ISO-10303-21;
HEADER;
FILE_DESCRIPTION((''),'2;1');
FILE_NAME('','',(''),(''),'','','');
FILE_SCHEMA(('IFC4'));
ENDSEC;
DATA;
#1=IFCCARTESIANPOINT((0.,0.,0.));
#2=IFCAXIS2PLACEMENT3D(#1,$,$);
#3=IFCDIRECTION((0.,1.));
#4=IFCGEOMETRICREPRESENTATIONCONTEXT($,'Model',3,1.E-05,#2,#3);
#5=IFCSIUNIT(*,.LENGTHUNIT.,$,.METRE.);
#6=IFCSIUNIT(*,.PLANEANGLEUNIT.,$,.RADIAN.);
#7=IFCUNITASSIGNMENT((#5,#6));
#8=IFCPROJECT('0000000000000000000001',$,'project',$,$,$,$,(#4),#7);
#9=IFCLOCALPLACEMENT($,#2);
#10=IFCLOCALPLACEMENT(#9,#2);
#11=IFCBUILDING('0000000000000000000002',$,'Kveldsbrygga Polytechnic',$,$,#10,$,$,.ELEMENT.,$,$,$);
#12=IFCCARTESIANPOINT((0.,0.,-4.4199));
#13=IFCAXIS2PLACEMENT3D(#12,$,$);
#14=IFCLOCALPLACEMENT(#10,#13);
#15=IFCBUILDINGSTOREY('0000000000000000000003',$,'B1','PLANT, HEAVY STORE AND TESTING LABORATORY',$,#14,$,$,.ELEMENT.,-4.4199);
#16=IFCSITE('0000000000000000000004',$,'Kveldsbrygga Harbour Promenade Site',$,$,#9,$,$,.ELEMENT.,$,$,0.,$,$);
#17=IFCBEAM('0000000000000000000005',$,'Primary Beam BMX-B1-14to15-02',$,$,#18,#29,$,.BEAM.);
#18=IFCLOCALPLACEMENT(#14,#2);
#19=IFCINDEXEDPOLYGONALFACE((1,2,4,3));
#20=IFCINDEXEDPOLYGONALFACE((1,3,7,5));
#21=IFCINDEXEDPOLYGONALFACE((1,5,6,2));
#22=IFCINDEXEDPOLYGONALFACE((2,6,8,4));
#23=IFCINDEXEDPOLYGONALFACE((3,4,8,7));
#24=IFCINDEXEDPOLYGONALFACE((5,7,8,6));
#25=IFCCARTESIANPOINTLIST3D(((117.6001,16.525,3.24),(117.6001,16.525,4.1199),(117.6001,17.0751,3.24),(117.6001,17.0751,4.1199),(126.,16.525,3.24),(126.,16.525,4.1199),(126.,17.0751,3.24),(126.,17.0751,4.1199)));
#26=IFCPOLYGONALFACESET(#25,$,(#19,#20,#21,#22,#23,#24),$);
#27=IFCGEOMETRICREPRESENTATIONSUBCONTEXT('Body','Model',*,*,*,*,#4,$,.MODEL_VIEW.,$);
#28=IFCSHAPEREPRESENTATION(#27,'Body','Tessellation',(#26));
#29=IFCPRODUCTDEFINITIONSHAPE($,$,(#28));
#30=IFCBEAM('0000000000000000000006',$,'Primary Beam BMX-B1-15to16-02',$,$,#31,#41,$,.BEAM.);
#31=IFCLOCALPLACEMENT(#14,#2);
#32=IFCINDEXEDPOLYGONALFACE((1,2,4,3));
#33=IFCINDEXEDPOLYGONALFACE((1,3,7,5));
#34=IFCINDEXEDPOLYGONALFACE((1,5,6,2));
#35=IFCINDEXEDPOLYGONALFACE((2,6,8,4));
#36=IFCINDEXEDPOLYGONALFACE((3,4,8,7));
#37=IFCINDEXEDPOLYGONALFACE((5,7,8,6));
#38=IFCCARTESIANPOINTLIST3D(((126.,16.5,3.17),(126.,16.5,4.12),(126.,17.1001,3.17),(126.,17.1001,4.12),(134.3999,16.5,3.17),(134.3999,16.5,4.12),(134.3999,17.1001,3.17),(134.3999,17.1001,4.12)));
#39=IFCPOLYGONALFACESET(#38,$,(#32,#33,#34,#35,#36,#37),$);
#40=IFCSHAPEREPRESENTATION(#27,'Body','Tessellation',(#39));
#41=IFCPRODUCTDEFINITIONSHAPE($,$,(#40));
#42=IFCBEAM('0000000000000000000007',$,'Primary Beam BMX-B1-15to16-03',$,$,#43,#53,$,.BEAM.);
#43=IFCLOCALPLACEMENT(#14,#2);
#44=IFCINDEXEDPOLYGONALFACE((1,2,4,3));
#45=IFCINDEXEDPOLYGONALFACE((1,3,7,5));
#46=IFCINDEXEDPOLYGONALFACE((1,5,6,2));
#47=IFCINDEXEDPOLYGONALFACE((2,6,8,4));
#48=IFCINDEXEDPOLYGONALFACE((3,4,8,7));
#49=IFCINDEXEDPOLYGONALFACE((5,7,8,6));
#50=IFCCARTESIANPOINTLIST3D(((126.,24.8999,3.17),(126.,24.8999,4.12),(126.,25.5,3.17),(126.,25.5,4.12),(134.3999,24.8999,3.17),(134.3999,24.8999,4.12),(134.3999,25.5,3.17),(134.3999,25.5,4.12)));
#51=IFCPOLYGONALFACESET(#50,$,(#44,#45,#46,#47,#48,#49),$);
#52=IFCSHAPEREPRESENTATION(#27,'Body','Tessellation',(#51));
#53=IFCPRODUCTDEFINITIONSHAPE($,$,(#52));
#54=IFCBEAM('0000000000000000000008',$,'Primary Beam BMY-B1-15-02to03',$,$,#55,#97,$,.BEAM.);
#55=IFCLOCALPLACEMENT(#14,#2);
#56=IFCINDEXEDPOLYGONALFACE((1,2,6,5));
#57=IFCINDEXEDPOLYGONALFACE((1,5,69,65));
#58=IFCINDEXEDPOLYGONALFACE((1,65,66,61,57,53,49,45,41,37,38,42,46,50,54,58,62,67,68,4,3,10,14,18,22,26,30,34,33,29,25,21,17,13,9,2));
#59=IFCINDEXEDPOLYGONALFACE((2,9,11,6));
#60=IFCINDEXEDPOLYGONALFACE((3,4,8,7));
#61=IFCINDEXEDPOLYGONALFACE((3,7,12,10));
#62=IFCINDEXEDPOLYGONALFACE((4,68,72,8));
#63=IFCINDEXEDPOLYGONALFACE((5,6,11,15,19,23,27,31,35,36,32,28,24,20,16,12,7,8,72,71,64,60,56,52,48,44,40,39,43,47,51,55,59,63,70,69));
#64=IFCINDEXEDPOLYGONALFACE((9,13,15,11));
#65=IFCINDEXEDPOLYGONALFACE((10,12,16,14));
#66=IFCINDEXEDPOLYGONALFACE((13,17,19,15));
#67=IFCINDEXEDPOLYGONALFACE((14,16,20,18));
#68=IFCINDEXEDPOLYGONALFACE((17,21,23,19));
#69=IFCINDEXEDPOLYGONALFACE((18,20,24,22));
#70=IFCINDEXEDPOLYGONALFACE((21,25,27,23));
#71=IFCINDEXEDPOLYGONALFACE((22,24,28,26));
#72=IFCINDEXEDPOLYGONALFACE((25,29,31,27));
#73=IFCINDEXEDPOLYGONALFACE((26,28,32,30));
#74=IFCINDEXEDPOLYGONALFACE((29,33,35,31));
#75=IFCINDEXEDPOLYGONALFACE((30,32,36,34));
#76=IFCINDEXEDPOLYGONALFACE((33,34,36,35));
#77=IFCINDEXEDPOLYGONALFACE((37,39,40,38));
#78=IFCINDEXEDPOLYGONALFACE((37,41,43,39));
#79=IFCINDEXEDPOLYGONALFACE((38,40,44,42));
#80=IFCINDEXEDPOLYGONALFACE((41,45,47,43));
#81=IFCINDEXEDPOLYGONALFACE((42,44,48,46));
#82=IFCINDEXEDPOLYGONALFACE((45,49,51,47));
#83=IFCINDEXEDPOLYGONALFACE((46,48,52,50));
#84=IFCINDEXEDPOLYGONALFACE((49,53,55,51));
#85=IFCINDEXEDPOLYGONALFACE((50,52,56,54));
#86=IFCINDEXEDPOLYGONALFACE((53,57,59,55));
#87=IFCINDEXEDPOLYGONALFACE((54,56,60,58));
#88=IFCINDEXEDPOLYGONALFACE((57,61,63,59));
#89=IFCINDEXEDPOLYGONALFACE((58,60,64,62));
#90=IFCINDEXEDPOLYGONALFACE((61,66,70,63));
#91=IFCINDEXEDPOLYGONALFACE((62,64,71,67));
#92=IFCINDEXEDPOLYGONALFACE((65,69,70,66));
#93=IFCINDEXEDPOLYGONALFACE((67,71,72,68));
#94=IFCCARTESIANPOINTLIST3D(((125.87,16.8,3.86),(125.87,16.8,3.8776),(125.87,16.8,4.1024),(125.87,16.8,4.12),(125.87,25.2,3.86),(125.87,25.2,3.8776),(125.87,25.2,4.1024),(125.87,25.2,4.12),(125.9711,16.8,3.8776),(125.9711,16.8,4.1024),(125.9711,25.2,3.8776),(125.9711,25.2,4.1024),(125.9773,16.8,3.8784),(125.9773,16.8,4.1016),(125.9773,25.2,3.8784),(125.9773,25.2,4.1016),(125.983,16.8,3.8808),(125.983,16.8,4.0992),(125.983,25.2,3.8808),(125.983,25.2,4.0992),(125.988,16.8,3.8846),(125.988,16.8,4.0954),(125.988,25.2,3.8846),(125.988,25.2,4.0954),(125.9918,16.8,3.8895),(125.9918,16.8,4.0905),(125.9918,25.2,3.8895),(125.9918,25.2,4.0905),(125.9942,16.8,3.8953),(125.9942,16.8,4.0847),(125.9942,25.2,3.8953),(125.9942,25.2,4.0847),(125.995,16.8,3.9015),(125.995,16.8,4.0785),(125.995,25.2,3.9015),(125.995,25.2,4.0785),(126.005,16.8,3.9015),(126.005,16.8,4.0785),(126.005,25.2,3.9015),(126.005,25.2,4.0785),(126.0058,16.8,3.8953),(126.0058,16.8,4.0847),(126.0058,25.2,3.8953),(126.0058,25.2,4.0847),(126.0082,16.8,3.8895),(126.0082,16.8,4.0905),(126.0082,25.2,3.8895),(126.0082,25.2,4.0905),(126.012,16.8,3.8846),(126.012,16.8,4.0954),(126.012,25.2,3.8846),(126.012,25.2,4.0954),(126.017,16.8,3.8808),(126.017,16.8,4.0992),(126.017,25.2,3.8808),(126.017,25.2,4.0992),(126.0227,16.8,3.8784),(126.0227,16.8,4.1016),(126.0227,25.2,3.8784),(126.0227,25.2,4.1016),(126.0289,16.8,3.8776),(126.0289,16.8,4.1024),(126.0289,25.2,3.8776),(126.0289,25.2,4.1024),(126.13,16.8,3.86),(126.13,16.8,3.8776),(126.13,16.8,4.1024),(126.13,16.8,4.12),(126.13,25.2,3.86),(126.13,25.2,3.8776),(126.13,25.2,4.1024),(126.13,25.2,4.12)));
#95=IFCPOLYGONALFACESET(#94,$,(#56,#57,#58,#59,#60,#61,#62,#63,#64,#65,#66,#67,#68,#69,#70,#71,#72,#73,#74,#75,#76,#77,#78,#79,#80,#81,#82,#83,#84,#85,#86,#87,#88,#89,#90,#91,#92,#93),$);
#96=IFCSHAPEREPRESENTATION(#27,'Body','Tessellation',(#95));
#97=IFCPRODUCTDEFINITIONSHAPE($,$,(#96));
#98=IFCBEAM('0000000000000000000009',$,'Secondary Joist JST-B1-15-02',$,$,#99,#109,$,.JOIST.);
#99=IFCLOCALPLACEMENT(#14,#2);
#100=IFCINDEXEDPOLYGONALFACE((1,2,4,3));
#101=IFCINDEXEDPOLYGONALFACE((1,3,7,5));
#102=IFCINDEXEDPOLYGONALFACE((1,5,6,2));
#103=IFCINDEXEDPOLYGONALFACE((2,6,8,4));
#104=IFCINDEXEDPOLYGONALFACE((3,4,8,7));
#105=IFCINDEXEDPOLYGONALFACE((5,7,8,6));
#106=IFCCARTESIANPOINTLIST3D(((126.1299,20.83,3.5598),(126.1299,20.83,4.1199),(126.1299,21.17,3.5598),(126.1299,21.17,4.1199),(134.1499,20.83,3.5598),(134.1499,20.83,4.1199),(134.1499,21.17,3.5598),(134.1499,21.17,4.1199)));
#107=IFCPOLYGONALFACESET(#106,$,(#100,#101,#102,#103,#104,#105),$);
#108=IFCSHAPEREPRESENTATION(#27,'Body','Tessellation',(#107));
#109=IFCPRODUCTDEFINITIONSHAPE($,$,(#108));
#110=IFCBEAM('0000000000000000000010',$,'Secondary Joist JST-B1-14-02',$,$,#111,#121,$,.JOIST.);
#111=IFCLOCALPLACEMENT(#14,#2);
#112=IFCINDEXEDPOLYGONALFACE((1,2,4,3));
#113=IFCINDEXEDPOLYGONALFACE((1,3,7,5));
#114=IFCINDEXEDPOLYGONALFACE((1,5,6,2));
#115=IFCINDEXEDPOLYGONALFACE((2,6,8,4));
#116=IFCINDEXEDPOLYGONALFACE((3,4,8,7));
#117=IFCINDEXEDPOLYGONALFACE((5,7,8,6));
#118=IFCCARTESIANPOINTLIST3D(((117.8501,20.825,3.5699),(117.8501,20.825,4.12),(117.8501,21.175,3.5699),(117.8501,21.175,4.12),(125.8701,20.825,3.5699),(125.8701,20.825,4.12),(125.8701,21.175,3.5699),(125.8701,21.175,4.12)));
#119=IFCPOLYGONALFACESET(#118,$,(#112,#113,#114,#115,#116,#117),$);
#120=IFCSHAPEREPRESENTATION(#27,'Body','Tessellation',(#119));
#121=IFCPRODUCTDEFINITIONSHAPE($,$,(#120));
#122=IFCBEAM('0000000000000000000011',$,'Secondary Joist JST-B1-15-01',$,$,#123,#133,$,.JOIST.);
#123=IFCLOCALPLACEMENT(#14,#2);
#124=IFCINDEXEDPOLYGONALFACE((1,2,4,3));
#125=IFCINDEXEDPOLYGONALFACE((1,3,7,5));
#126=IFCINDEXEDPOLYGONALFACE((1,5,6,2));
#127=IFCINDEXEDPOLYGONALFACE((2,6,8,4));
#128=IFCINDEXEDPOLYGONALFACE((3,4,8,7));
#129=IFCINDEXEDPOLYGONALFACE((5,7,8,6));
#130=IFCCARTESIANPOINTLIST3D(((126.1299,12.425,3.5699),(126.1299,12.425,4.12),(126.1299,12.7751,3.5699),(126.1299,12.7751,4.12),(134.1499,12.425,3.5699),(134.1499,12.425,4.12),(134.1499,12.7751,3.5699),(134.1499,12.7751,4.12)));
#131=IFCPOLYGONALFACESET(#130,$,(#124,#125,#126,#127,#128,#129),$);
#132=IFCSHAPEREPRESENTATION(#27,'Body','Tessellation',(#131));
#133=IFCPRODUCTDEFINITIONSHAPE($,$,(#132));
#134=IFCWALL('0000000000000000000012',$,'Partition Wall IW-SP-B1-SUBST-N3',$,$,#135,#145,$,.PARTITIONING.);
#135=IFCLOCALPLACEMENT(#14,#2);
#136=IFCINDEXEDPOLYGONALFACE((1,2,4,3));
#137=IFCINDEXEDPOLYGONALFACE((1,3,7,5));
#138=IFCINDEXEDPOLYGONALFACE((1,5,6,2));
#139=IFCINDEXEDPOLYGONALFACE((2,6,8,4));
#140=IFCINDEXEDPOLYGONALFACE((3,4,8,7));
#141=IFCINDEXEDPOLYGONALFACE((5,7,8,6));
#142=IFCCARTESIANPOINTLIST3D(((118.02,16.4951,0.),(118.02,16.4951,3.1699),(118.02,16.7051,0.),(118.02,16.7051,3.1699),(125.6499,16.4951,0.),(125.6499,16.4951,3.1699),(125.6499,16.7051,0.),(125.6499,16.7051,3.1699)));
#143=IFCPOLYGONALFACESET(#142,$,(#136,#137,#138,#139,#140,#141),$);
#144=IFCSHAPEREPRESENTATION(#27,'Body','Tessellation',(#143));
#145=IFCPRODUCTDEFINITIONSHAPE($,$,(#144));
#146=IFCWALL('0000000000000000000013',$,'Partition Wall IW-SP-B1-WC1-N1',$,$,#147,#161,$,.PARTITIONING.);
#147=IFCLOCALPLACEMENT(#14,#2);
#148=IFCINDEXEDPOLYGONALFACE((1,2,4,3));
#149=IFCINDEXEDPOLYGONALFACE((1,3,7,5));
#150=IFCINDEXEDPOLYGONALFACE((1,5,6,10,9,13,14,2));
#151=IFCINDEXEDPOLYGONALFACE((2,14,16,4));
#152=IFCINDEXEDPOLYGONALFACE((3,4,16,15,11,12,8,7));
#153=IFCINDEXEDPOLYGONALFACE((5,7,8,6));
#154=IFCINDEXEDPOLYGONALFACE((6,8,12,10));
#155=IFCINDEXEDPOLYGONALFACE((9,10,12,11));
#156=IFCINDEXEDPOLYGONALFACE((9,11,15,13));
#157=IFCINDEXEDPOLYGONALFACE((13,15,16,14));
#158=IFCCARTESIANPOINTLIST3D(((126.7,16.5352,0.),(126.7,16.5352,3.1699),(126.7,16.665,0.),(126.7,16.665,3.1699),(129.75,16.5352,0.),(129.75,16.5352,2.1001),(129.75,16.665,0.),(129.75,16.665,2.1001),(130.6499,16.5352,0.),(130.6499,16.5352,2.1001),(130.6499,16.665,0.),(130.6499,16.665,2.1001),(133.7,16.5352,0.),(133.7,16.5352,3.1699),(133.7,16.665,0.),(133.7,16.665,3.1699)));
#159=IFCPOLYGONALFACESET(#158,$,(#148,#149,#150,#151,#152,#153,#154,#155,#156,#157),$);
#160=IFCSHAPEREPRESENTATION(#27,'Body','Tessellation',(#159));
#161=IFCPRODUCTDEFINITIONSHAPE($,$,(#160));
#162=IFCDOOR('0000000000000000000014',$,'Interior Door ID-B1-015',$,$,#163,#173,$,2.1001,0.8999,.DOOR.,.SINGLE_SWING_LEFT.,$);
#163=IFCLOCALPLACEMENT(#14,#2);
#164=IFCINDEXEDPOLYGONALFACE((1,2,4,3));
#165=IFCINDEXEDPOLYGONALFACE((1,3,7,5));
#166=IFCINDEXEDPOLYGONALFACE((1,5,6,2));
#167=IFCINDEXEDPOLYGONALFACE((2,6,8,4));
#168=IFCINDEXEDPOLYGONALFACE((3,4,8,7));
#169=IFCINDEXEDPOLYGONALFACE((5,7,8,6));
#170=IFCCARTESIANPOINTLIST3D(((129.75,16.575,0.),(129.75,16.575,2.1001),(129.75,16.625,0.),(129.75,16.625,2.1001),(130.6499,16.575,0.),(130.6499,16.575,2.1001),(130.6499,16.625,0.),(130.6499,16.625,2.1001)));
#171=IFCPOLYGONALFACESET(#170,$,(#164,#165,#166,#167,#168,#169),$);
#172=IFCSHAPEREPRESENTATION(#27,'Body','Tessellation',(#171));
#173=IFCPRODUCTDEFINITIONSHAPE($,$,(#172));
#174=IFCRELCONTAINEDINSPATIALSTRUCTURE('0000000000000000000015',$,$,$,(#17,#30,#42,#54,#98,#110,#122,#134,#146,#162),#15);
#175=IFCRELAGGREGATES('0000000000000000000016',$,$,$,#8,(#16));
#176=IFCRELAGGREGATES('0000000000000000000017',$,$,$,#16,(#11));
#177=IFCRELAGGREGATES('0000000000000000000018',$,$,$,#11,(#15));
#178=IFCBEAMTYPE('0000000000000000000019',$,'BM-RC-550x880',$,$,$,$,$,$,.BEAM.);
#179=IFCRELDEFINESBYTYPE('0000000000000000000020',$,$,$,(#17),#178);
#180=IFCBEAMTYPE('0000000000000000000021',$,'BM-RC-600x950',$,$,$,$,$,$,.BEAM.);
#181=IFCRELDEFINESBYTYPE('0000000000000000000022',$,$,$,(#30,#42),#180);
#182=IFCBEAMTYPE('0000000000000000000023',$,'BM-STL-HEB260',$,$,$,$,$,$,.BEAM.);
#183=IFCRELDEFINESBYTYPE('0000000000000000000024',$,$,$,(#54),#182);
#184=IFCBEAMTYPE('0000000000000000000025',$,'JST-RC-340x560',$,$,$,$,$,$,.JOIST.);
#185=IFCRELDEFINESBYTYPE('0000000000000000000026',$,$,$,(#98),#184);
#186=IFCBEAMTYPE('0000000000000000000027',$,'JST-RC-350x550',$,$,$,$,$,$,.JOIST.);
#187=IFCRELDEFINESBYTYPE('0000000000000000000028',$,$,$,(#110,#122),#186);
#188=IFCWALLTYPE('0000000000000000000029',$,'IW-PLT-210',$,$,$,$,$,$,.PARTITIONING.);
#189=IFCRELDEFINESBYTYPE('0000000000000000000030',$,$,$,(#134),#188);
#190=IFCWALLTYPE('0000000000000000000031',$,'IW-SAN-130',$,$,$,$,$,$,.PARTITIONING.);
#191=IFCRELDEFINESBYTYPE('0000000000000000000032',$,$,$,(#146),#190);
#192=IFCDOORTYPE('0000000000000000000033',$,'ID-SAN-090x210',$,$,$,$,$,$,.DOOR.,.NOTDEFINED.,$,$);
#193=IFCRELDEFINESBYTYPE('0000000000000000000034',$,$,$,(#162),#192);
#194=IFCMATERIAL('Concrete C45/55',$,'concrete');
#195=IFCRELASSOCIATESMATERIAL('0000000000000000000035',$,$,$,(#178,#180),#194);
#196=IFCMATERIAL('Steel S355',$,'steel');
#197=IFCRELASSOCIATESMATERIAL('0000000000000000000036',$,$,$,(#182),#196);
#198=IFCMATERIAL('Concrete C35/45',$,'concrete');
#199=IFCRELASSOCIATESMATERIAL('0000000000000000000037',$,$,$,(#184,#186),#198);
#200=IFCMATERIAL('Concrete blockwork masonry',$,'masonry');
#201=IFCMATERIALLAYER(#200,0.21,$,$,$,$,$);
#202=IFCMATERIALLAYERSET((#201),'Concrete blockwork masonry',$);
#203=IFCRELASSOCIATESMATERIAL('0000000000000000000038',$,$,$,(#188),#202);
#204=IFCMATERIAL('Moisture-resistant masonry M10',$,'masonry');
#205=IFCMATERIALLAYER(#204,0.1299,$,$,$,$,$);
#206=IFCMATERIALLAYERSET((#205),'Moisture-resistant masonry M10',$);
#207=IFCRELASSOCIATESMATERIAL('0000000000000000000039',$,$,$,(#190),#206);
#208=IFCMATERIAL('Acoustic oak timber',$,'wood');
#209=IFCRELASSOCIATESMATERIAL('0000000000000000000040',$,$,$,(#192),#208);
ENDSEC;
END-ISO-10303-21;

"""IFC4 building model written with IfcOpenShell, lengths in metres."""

from ifc_helpers import new_model, si_unit, direction, frame, frame_2d, origin, origin_2d, place, context, subcontext, project, spatial, rectangle, i_section, extrude, material, layer, layer_set, material_profile, profile_set, type_object, element, fill, save


model = new_model("IFC4")

# Units and contexts
model_context = context("Model", 3, precision=1e-05, world=origin(), true_north=direction((0.0, 1.0)))
body_context = subcontext(model_context, "Body", "Model", "MODEL_VIEW")
ifc_project = project(units=[si_unit("LENGTHUNIT", "METRE"), si_unit("PLANEANGLEUNIT", "RADIAN")], contexts=[model_context])

# Site, building, storey
site_placement = place(None, origin())
site = spatial("IfcSite", under=ifc_project, at=site_placement, Name="Kveldsbrygga Harbour Promenade Site", CompositionType="ELEMENT", RefElevation=0.0)
building_placement = place(site_placement, origin())
building = spatial("IfcBuilding", under=site, at=building_placement, Name="Kveldsbrygga Polytechnic", CompositionType="ELEMENT")
storey_placement = place(building_placement, frame((0.0, 0.0, -4.4199)))
storey = spatial("IfcBuildingStorey", under=building, at=storey_placement, Name="B1", Description="PLANT, HEAVY STORE AND TESTING LABORATORY", CompositionType="ELEMENT", Elevation=-4.4199)

# Shared definitions
ifc_material_1 = material(Name="Concrete C45/55", Category="concrete")

# Beams
ifc_material_2 = material(Name="Concrete C35/45", Category="concrete")
ifc_material_profile_1 = material_profile(ifc_material_1, rectangle(XDim=0.55, YDim=0.8799, at=origin_2d()), Name="RC 550x880")
ifc_profile_set_1 = profile_set([ifc_material_profile_1], Name="Concrete C45/55")
beam_type_1 = type_object("IfcBeamType", Name="BM-RC-550x880", PredefinedType="BEAM", material=ifc_profile_set_1)
beam_1_placement = place(storey_placement, frame((117.6001, 16.8, 3.6799), z_axis=(1.0, 0.0, 0.0), x_axis=(0.0, 1.0, 0.0)))
element("IfcBeam", 1, at=beam_1_placement, inside=storey, type_object=beam_type_1, Name="Primary Beam BMX-B1-14to15-02", PredefinedType="BEAM", context=body_context, shape_type="SweptSolid", body=[
    extrude(rectangle(XDim=0.55, YDim=0.8799, at=origin_2d()), origin(), (0.0, 0.0, 1.0), 8.3999),
])
ifc_material_profile_2 = material_profile(ifc_material_1, rectangle(XDim=0.6001, YDim=0.95, at=origin_2d()), Name="RC 600x950")
ifc_profile_set_2 = profile_set([ifc_material_profile_2], Name="Concrete C45/55")
beam_type_2 = type_object("IfcBeamType", Name="BM-RC-600x950", PredefinedType="BEAM", material=ifc_profile_set_2)
for number, where, z_axis, x_axis, name in (
    (2, (126.0, 16.8, 3.645), (1.0, 0.0, 0.0), (0.0, 1.0, 0.0), "Primary Beam BMX-B1-15to16-02"),
    (3, (126.0, 25.2, 3.645), (1.0, 0.0, 0.0), (0.0, 1.0, 0.0), "Primary Beam BMX-B1-15to16-03"),
):
    element("IfcBeam", number, at=place(storey_placement, frame(where, z_axis=z_axis, x_axis=x_axis)), inside=storey, type_object=beam_type_2, Name=name, PredefinedType="BEAM", context=body_context, shape_type="SweptSolid", body=[
        extrude(rectangle(XDim=0.6001, YDim=0.95, at=origin_2d()), origin(), (0.0, 0.0, 1.0), 8.3999),
    ])
ifc_material_3 = material(Name="Steel S355", Category="steel")
ifc_material_profile_3 = material_profile(ifc_material_3, i_section(OverallWidth=0.26, OverallDepth=0.26, WebThickness=0.01, FlangeThickness=0.0176, FilletRadius=0.0239, at=origin_2d()), Name="HEB 260")
ifc_profile_set_3 = profile_set([ifc_material_profile_3], Name="Steel S355")
beam_type_3 = type_object("IfcBeamType", Name="BM-STL-HEB260", PredefinedType="BEAM", material=ifc_profile_set_3)
beam_2_placement = place(storey_placement, frame((126.0, 16.8, 3.99), z_axis=(0.0, 1.0, 0.0), x_axis=(-1.0, 0.0, 0.0)))
element("IfcBeam", 4, at=beam_2_placement, inside=storey, type_object=beam_type_3, Name="Primary Beam BMY-B1-15-02to03", PredefinedType="BEAM", context=body_context, shape_type="SweptSolid", body=[
    extrude(i_section(OverallWidth=0.26, OverallDepth=0.26, WebThickness=0.01, FlangeThickness=0.0176, FilletRadius=0.0239, at=origin_2d()), origin(), (0.0, 0.0, 1.0), 8.3999),
])
ifc_material_profile_4 = material_profile(ifc_material_2, rectangle(XDim=0.3401, YDim=0.5601, at=origin_2d()), Name="RC 340x560")
ifc_profile_set_4 = profile_set([ifc_material_profile_4], Name="Concrete C35/45")
beam_type_4 = type_object("IfcBeamType", Name="JST-RC-340x560", PredefinedType="JOIST", material=ifc_profile_set_4)
beam_3_placement = place(storey_placement, frame((126.1299, 21.0, 3.8398), z_axis=(1.0, 0.0, 0.0), x_axis=(0.0, 1.0, 0.0)))
element("IfcBeam", 5, at=beam_3_placement, inside=storey, type_object=beam_type_4, Name="Secondary Joist JST-B1-15-02", PredefinedType="JOIST", context=body_context, shape_type="SweptSolid", body=[
    extrude(rectangle(XDim=0.3401, YDim=0.5601, at=origin_2d()), origin(), (0.0, 0.0, 1.0), 8.02),
])
ifc_material_profile_5 = material_profile(ifc_material_2, rectangle(XDim=0.3501, YDim=0.55, at=origin_2d()), Name="RC 350x550")
ifc_profile_set_5 = profile_set([ifc_material_profile_5], Name="Concrete C35/45")
beam_type_5 = type_object("IfcBeamType", Name="JST-RC-350x550", PredefinedType="JOIST", material=ifc_profile_set_5)
for number, where, z_axis, x_axis, name in (
    (6, (117.8501, 21.0, 3.845), (1.0, 0.0, 0.0), (0.0, 1.0, 0.0), "Secondary Joist JST-B1-14-02"),
    (7, (126.1299, 12.6001, 3.845), (1.0, 0.0, 0.0), (0.0, 1.0, 0.0), "Secondary Joist JST-B1-15-01"),
):
    element("IfcBeam", number, at=place(storey_placement, frame(where, z_axis=z_axis, x_axis=x_axis)), inside=storey, type_object=beam_type_5, Name=name, PredefinedType="JOIST", context=body_context, shape_type="SweptSolid", body=[
        extrude(rectangle(XDim=0.3501, YDim=0.55, at=origin_2d()), origin(), (0.0, 0.0, 1.0), 8.02),
    ])

# Wall
ifc_material_4 = material(Name="Concrete blockwork masonry", Category="masonry")
ifc_layer_1 = layer(ifc_material_4, 0.21)
ifc_layer_set_1 = layer_set([ifc_layer_1], Name="Concrete blockwork masonry")
wall_type_1 = type_object("IfcWallType", Name="IW-PLT-210", PredefinedType="PARTITIONING", material=ifc_layer_set_1)
wall_1_placement = place(storey_placement, frame((118.02, 16.6001, 0.0), z_axis=(0.0, 0.0, 1.0), x_axis=(1.0, 0.0, 0.0)))
element("IfcWall", 8, at=wall_1_placement, inside=storey, type_object=wall_type_1, Name="Partition Wall IW-SP-B1-SUBST-N3", PredefinedType="PARTITIONING", context=body_context, shape_type="SweptSolid", body=[
    extrude(rectangle(XDim=7.6299, YDim=0.21, at=frame_2d((3.8149, 0.0))), origin(), (0.0, 0.0, 1.0), 3.1699),
])

# Wall, opening, door
ifc_material_5 = material(Name="Moisture-resistant masonry M10", Category="masonry")
ifc_layer_2 = layer(ifc_material_5, 0.1299)
ifc_layer_set_2 = layer_set([ifc_layer_2], Name="Moisture-resistant masonry M10")
wall_type_2 = type_object("IfcWallType", Name="IW-SAN-130", PredefinedType="PARTITIONING", material=ifc_layer_set_2)
wall_2_placement = place(storey_placement, frame((126.7, 16.6001, 0.0), z_axis=(0.0, 0.0, 1.0), x_axis=(1.0, 0.0, 0.0)))
wall_2 = element("IfcWall", 9, at=wall_2_placement, inside=storey, type_object=wall_type_2, Name="Partition Wall IW-SP-B1-WC1-N1", PredefinedType="PARTITIONING", context=body_context, shape_type="SweptSolid", body=[
    extrude(rectangle(XDim=7.0, YDim=0.1299, at=frame_2d((3.5, 0.0))), origin(), (0.0, 0.0, 1.0), 3.1699),
])
opening_1_placement = place(wall_2_placement, frame((3.05, 0.0, 0.0)))
opening_1 = element("IfcOpeningElement", 10, at=opening_1_placement, cuts=wall_2, PredefinedType="OPENING", context=body_context, shape_type="SweptSolid", body=[
    extrude(rectangle(XDim=0.8999, YDim=2.1001, at=frame_2d((0.45, 1.05))), frame((0.0, 0.075, 0.0), z_axis=(0.0, -1.0, 0.0), x_axis=(1.0, 0.0, 0.0)), (0.0, 0.0, 1.0), 0.1499),
])
ifc_material_6 = material(Name="Acoustic oak timber", Category="wood")
door_type_1 = type_object("IfcDoorType", Name="ID-SAN-090x210", OperationType="NOTDEFINED", PredefinedType="DOOR", material=ifc_material_6)
door_1_placement = place(opening_1_placement, origin())
door_1 = element("IfcDoor", 11, at=door_1_placement, inside=storey, type_object=door_type_1, Name="Interior Door ID-B1-015", OperationType="SINGLE_SWING_LEFT", OverallHeight=2.1001, OverallWidth=0.8999, PredefinedType="DOOR", context=body_context, shape_type="SweptSolid", body=[
    extrude(rectangle(XDim=0.8999, YDim=2.1001, at=frame_2d((0.45, 1.05))), frame((0.0, 0.0249, 0.0), z_axis=(0.0, -1.0, 0.0), x_axis=(1.0, 0.0, 0.0)), (0.0, 0.0, 1.0), 0.05),
])
fill(opening_1, door_1)

save(model, "model.ifc")
